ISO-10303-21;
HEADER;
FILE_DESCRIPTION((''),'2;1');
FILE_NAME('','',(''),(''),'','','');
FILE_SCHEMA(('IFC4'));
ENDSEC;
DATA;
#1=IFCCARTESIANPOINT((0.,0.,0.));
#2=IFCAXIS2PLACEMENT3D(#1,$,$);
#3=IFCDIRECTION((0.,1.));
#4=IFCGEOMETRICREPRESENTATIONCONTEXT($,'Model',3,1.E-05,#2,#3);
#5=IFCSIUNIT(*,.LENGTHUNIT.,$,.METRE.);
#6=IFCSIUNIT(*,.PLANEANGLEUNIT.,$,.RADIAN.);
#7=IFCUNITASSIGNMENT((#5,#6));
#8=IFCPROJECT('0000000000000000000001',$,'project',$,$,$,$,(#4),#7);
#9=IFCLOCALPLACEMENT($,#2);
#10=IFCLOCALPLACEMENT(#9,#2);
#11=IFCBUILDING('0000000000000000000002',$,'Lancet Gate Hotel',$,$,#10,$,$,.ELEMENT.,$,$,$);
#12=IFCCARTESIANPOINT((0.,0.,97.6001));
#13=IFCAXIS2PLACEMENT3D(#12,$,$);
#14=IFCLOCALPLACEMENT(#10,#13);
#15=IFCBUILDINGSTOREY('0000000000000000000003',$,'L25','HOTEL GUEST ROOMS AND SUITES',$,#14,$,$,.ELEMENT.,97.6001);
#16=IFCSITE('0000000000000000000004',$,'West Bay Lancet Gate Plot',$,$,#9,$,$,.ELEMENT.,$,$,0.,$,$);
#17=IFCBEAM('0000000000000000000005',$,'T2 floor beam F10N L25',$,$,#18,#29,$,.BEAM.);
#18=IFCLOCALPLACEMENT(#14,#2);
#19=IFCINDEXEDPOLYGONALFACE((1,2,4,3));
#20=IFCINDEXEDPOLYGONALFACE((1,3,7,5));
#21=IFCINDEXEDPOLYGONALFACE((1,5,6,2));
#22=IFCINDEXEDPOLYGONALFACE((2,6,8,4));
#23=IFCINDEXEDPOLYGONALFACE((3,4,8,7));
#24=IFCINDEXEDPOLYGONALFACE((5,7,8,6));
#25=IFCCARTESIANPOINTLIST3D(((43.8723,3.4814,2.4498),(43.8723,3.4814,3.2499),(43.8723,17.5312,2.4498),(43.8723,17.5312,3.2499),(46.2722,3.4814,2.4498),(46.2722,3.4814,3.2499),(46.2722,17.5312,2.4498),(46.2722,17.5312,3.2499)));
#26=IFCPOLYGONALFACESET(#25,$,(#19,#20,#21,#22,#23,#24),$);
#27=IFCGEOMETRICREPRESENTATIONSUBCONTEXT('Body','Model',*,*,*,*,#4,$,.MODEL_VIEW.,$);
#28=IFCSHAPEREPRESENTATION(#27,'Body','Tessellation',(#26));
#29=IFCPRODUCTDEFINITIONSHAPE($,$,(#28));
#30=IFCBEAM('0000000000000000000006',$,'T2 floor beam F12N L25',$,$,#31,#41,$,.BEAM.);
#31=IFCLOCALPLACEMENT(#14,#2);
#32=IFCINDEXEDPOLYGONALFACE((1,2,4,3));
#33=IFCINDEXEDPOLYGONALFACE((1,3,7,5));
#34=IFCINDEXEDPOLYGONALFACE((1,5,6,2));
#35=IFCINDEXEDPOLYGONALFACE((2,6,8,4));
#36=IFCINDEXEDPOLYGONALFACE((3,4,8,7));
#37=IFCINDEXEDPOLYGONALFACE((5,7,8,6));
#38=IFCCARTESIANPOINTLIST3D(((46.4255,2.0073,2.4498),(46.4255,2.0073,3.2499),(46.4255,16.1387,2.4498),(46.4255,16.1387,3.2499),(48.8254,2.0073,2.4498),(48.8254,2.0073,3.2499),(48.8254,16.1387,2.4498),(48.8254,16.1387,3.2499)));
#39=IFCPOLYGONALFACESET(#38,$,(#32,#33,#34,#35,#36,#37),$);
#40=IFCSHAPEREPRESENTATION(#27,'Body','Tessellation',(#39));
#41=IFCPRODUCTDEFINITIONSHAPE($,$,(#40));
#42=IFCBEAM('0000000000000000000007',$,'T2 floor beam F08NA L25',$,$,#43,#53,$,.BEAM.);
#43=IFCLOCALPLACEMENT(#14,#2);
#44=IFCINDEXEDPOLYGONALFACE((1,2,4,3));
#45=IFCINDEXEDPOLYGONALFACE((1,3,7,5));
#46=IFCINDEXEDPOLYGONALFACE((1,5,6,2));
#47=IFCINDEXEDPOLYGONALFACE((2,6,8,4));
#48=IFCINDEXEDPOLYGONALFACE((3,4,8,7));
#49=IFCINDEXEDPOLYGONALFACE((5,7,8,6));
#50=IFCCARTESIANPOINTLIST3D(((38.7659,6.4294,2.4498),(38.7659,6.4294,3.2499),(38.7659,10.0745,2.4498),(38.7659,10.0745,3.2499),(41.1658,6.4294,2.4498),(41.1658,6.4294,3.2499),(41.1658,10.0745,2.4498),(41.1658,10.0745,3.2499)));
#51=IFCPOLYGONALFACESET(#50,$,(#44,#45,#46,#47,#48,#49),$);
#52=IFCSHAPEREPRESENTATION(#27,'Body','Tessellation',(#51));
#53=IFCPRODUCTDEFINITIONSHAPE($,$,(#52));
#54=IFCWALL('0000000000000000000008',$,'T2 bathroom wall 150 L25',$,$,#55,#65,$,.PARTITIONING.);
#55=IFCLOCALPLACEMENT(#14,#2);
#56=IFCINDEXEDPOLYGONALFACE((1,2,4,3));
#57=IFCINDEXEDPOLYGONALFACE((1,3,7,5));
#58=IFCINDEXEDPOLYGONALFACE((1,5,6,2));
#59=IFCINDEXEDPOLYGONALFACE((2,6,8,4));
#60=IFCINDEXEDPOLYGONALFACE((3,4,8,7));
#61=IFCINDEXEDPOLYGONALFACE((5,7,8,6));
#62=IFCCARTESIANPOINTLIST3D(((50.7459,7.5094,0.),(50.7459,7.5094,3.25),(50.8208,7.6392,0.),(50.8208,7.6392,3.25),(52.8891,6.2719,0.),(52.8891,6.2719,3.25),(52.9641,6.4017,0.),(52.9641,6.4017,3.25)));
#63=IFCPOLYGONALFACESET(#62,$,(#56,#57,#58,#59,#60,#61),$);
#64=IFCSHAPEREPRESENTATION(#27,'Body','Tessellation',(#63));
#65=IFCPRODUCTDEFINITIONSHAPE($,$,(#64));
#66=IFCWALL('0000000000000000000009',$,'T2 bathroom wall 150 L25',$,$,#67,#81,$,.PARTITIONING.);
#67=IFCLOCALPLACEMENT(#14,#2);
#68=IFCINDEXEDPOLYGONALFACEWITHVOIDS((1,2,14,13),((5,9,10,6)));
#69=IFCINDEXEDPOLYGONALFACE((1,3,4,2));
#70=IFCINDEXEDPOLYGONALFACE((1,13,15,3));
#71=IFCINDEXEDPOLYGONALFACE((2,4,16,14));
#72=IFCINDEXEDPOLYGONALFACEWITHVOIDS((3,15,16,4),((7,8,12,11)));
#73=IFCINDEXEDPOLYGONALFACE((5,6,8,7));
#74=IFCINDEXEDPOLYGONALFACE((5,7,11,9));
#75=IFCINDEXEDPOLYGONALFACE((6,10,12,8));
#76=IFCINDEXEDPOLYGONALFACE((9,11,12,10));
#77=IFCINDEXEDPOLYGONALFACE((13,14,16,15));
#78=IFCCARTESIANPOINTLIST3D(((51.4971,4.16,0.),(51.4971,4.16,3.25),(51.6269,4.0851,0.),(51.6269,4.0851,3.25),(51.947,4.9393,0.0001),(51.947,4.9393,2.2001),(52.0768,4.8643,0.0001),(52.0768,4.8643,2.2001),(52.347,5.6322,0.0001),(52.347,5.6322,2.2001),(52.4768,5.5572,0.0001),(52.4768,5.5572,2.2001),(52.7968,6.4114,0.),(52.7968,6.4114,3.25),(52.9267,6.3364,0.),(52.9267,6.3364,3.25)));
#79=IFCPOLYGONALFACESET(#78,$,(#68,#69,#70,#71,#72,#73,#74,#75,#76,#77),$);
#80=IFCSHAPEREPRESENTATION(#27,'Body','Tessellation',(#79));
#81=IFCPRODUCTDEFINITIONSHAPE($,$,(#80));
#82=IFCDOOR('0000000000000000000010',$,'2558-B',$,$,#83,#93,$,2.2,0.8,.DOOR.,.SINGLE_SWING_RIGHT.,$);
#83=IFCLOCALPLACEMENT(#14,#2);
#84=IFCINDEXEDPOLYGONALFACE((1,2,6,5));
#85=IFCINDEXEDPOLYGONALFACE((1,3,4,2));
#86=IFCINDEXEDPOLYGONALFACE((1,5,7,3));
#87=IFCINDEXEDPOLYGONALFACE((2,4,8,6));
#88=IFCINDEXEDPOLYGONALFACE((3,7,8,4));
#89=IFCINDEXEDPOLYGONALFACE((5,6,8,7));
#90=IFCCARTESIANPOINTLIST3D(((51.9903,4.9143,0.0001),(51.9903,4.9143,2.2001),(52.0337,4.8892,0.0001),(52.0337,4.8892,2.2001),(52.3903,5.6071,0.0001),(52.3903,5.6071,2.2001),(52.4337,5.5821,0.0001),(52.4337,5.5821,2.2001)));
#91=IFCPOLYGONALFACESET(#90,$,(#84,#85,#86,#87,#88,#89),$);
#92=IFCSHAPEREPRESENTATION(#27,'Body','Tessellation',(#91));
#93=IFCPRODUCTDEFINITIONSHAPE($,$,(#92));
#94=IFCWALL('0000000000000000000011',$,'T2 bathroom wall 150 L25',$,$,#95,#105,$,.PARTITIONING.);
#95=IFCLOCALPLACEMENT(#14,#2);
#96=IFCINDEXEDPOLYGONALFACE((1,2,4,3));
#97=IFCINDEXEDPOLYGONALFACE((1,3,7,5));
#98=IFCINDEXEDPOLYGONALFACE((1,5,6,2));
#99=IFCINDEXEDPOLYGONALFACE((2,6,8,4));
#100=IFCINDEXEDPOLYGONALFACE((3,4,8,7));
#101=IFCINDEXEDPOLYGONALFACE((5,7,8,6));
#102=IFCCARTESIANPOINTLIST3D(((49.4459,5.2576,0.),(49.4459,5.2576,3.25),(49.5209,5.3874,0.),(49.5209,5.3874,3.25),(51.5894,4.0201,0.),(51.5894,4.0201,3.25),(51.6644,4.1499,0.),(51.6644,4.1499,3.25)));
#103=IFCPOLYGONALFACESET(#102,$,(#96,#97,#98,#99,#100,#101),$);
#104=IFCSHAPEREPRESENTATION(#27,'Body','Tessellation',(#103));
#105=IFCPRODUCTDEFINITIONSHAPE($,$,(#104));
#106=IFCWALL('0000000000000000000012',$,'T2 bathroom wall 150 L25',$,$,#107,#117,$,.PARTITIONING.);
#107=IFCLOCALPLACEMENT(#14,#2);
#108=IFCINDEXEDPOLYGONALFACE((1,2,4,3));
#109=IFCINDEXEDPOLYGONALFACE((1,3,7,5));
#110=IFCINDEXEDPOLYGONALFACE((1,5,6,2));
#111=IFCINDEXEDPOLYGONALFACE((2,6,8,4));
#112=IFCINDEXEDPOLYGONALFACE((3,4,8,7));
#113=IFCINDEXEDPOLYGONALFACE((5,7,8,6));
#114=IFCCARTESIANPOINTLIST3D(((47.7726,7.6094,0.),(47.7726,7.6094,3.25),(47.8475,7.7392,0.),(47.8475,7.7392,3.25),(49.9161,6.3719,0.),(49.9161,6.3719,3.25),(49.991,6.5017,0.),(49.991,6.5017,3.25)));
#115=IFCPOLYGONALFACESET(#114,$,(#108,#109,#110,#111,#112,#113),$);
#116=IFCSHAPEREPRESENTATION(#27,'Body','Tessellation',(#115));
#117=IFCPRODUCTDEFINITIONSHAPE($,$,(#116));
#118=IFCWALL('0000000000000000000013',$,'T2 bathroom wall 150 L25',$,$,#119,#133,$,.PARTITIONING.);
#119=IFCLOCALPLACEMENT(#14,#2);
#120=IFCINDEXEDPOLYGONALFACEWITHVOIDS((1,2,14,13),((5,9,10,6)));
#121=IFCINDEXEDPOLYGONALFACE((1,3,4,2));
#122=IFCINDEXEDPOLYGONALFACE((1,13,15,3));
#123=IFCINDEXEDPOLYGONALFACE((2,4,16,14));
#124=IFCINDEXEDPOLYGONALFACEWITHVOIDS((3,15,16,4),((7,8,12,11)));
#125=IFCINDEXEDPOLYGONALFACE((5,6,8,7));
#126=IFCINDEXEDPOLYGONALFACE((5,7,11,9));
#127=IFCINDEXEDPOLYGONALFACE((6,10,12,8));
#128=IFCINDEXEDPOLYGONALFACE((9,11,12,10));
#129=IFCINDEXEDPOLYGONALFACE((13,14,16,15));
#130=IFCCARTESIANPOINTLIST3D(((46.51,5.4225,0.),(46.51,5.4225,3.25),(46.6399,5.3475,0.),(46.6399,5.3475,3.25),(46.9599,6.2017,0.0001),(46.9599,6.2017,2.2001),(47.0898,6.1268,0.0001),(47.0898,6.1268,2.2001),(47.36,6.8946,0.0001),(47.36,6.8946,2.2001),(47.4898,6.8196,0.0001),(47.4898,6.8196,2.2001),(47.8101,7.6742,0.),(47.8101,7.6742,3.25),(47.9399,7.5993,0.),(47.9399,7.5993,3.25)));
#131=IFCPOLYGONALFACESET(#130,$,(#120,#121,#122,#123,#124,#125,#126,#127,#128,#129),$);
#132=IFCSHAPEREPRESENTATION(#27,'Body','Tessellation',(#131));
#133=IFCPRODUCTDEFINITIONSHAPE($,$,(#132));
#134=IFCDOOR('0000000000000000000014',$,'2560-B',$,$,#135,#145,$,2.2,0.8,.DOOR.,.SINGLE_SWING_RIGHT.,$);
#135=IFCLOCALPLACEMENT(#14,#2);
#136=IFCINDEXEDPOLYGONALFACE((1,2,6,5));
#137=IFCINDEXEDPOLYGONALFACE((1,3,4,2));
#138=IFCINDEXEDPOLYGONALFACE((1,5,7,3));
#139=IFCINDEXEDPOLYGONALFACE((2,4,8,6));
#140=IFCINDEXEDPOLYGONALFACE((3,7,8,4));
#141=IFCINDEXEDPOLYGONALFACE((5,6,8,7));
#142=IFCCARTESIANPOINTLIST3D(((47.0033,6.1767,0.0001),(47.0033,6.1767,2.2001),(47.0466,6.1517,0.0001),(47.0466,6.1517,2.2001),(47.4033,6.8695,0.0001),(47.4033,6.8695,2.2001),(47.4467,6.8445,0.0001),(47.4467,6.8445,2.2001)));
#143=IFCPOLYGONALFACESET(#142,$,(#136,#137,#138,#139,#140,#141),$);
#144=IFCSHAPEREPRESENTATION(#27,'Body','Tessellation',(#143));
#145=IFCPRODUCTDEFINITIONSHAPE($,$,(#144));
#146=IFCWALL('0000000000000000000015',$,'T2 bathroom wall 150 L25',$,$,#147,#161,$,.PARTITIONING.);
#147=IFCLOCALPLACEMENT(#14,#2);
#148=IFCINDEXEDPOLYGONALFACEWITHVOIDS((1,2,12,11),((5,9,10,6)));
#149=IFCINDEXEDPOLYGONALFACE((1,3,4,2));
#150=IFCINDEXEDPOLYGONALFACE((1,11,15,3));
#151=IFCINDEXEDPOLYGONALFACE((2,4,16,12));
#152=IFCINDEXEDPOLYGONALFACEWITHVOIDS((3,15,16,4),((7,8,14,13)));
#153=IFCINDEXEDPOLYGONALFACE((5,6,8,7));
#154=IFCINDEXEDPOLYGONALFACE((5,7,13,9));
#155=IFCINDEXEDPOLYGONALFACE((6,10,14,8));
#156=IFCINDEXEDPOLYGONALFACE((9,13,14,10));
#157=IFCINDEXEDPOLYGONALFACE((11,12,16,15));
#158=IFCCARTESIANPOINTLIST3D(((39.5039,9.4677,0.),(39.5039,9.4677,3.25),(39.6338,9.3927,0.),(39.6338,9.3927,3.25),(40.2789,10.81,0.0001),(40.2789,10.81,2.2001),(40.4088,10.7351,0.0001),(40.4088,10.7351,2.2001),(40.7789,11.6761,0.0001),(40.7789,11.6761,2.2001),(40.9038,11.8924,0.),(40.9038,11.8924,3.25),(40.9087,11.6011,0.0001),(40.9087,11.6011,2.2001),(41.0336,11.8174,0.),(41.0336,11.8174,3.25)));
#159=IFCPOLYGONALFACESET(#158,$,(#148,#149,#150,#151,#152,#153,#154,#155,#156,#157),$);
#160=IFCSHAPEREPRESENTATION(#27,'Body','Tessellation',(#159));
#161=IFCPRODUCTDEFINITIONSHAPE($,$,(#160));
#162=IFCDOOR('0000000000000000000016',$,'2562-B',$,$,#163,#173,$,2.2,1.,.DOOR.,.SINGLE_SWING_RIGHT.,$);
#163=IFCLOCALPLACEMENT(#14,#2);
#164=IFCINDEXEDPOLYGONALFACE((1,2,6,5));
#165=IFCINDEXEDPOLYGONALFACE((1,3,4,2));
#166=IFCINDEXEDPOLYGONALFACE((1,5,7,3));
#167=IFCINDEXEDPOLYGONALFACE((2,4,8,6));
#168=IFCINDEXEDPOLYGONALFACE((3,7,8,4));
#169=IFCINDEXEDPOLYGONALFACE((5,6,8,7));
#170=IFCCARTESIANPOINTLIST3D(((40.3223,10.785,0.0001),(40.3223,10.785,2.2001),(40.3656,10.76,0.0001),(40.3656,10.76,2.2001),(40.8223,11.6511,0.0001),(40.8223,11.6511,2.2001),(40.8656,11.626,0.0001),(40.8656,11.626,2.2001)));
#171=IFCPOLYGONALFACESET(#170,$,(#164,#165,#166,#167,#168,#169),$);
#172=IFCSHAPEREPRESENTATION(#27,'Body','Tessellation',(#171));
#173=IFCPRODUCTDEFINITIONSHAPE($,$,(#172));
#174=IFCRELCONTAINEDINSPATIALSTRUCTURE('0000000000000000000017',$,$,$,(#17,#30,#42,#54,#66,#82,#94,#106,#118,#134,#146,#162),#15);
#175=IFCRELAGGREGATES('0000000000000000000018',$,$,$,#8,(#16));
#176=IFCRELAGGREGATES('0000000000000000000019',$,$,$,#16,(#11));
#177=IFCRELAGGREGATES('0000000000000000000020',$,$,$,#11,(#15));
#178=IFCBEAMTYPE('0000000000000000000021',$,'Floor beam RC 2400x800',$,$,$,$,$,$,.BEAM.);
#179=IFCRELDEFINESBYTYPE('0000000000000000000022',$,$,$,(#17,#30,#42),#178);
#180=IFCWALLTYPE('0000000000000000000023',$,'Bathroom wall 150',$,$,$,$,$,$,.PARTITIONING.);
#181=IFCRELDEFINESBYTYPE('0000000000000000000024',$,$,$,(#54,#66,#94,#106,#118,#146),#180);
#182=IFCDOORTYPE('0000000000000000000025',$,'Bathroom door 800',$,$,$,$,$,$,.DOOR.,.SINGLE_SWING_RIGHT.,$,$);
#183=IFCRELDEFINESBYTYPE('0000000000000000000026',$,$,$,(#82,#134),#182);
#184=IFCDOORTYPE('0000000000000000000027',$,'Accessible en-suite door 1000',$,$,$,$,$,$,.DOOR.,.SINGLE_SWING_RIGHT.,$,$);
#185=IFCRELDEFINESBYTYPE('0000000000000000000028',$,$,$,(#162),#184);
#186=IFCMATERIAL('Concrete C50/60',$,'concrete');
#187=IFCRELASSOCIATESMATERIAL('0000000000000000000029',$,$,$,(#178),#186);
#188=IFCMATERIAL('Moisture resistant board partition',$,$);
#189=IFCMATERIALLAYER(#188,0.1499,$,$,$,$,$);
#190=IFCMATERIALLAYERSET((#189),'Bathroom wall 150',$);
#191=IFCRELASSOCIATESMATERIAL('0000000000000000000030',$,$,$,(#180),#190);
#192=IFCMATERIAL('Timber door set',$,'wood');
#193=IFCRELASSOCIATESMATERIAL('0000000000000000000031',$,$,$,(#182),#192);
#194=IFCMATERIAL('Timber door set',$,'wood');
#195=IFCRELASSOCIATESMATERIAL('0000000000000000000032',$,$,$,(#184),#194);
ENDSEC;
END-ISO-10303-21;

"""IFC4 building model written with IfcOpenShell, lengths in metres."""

from ifc_helpers import new_model, si_unit, direction, frame, frame_2d, origin, origin_2d, place, context, subcontext, project, spatial, rectangle, extrude, material, layer, layer_set, material_profile, profile_set, type_object, element, fill, save


model = new_model("IFC4")

# Units and contexts
model_context = context("Model", 3, precision=1e-05, world=origin(), true_north=direction((0.0, 1.0)))
body_context = subcontext(model_context, "Body", "Model", "MODEL_VIEW")
ifc_project = project(units=[si_unit("LENGTHUNIT", "METRE"), si_unit("PLANEANGLEUNIT", "RADIAN")], contexts=[model_context])

# Site, building, storey
site_placement = place(None, origin())
site = spatial("IfcSite", under=ifc_project, at=site_placement, Name="West Bay Lancet Gate Plot", CompositionType="ELEMENT", RefElevation=0.0)
building_placement = place(site_placement, origin())
building = spatial("IfcBuilding", under=site, at=building_placement, Name="Lancet Gate Hotel", CompositionType="ELEMENT")
storey_placement = place(building_placement, frame((0.0, 0.0, 97.6001)))
storey = spatial("IfcBuildingStorey", under=building, at=storey_placement, Name="L25", Description="HOTEL GUEST ROOMS AND SUITES", CompositionType="ELEMENT", Elevation=97.6001)

# Beams
ifc_material_1 = material(Name="Concrete C50/60", Category="concrete")
ifc_material_profile = material_profile(ifc_material_1, rectangle(XDim=2.3999, YDim=0.8, at=origin_2d()), Name="RC 2400x800")
ifc_profile_set = profile_set([ifc_material_profile], Name="Concrete C50/60")
beam_type = type_object("IfcBeamType", Name="Floor beam RC 2400x800", PredefinedType="BEAM", material=ifc_profile_set)
beam_1_placement = place(storey_placement, frame((45.0723, 3.4814, 2.8499), z_axis=(0.0, 1.0, 0.0), x_axis=(-1.0, 0.0, 0.0)))
element("IfcBeam", 1, at=beam_1_placement, inside=storey, type_object=beam_type, Name="T2 floor beam F10N L25", PredefinedType="BEAM", context=body_context, shape_type="SweptSolid", body=[
    extrude(rectangle(XDim=2.3999, YDim=0.8, at=origin_2d()), origin(), (0.0, 0.0, 1.0), 14.0498),
])
beam_2_placement = place(storey_placement, frame((47.6255, 2.0073, 2.8499), z_axis=(0.0, 1.0, 0.0), x_axis=(-1.0, 0.0, 0.0)))
element("IfcBeam", 2, at=beam_2_placement, inside=storey, type_object=beam_type, Name="T2 floor beam F12N L25", PredefinedType="BEAM", context=body_context, shape_type="SweptSolid", body=[
    extrude(rectangle(XDim=2.3999, YDim=0.8, at=origin_2d()), origin(), (0.0, 0.0, 1.0), 14.1313),
])
beam_3_placement = place(storey_placement, frame((39.9658, 6.4294, 2.8499), z_axis=(0.0, 1.0, 0.0), x_axis=(-1.0, 0.0, 0.0)))
element("IfcBeam", 3, at=beam_3_placement, inside=storey, type_object=beam_type, Name="T2 floor beam F08NA L25", PredefinedType="BEAM", context=body_context, shape_type="SweptSolid", body=[
    extrude(rectangle(XDim=2.3999, YDim=0.8, at=origin_2d()), origin(), (0.0, 0.0, 1.0), 3.645),
])

# Wall
ifc_material_2 = material(Name="Moisture resistant board partition")
ifc_layer_1 = layer(ifc_material_2, 0.1499)
ifc_layer_set_1 = layer_set([ifc_layer_1], Name="Bathroom wall 150")
wall_type_1 = type_object("IfcWallType", Name="Bathroom wall 150", PredefinedType="PARTITIONING", material=ifc_layer_set_1)
wall_1_placement = place(storey_placement, frame((50.7834, 7.5742, 0.0), z_axis=(0.0, 0.0, 1.0), x_axis=(0.866007, -0.500033, 0.0)))
element("IfcWall", 4, at=wall_1_placement, inside=storey, type_object=wall_type_1, Name="T2 bathroom wall 150 L25", PredefinedType="PARTITIONING", context=body_context, shape_type="SweptSolid", body=[
    extrude(rectangle(XDim=2.4749, YDim=0.1499, at=frame_2d((1.2373, 0.0))), origin(), (0.0, 0.0, 1.0), 3.25),
])

# Wall, opening, door
wall_2_placement = place(storey_placement, frame((51.562, 4.1226, 0.0), z_axis=(0.0, 0.0, 1.0), x_axis=(0.499977, 0.866039, 0.0)))
wall_2 = element("IfcWall", 5, at=wall_2_placement, inside=storey, type_object=wall_type_1, Name="T2 bathroom wall 150 L25", PredefinedType="PARTITIONING", context=body_context, shape_type="SweptSolid", body=[
    extrude(rectangle(XDim=2.5996, YDim=0.1499, at=frame_2d((1.2998, 0.0))), origin(), (0.0, 0.0, 1.0), 3.25),
])
opening_1_placement = place(wall_2_placement, frame((0.8999, 0.0, 0.0)))
opening_1 = element("IfcOpeningElement", 6, at=opening_1_placement, cuts=wall_2, PredefinedType="OPENING", context=body_context, shape_type="SweptSolid", body=[
    extrude(rectangle(XDim=0.8, YDim=2.2, at=frame_2d((0.3999, 1.1001))), frame((0.0, 0.085, 0.0), z_axis=(0.0, -1.0, 0.0), x_axis=(1.0, 0.0, 0.0)), (0.0, 0.0, 1.0), 0.1699),
])
ifc_material_3 = material(Name="Timber door set", Category="wood")
door_type_1 = type_object("IfcDoorType", Name="Bathroom door 800", OperationType="SINGLE_SWING_RIGHT", PredefinedType="DOOR", material=ifc_material_3)
door_1_placement = place(opening_1_placement, origin())
door_1 = element("IfcDoor", 7, at=door_1_placement, inside=storey, type_object=door_type_1, Name="2558-B", OperationType="SINGLE_SWING_RIGHT", OverallHeight=2.2, OverallWidth=0.8, PredefinedType="DOOR", context=body_context, shape_type="SweptSolid", body=[
    extrude(rectangle(XDim=0.8, YDim=2.2, at=frame_2d((0.3999, 1.1001))), frame((0.0, 0.0249, 0.0), z_axis=(0.0, -1.0, 0.0), x_axis=(1.0, 0.0, 0.0)), (0.0, 0.0, 1.0), 0.05),
])
fill(opening_1, door_1)

# Walls
for number, where, z_axis, x_axis, name in (
    (8, (49.4834, 5.3225, 0.0), (0.0, 0.0, 1.0), (0.866031, -0.49999, 0.0), "T2 bathroom wall 150 L25"),
    (9, (47.8101, 7.6743, 0.0), (0.0, 0.0, 1.0), (0.866031, -0.49999, 0.0), "T2 bathroom wall 150 L25"),
):
    element("IfcWall", number, at=place(storey_placement, frame(where, z_axis=z_axis, x_axis=x_axis)), inside=storey, type_object=wall_type_1, Name=name, PredefinedType="PARTITIONING", context=body_context, shape_type="SweptSolid", body=[
        extrude(rectangle(XDim=2.4751, YDim=0.1499, at=frame_2d((1.2375, 0.0))), origin(), (0.0, 0.0, 1.0), 3.25),
    ])

# Walls, openings, doors
wall_3_placement = place(storey_placement, frame((46.575, 5.385, 0.0), z_axis=(0.0, 0.0, 1.0), x_axis=(0.500007, 0.866021, 0.0)))
wall_3 = element("IfcWall", 10, at=wall_3_placement, inside=storey, type_object=wall_type_1, Name="T2 bathroom wall 150 L25", PredefinedType="PARTITIONING", context=body_context, shape_type="SweptSolid", body=[
    extrude(rectangle(XDim=2.6001, YDim=0.1499, at=frame_2d((1.3, 0.0))), origin(), (0.0, 0.0, 1.0), 3.25),
])
opening_2_placement = place(wall_3_placement, frame((0.8999, 0.0, 0.0)))
opening_2 = element("IfcOpeningElement", 11, at=opening_2_placement, cuts=wall_3, PredefinedType="OPENING", context=body_context, shape_type="SweptSolid", body=[
    extrude(rectangle(XDim=0.8, YDim=2.2, at=frame_2d((0.3999, 1.1001))), frame((0.0, 0.085, 0.0), z_axis=(0.0, -1.0, 0.0), x_axis=(1.0, 0.0, 0.0)), (0.0, 0.0, 1.0), 0.1699),
])
door_2_placement = place(opening_2_placement, origin())
door_2 = element("IfcDoor", 12, at=door_2_placement, inside=storey, type_object=door_type_1, Name="2560-B", OperationType="SINGLE_SWING_RIGHT", OverallHeight=2.2, OverallWidth=0.8, PredefinedType="DOOR", context=body_context, shape_type="SweptSolid", body=[
    extrude(rectangle(XDim=0.8, YDim=2.2, at=frame_2d((0.3999, 1.1001))), frame((0.0, 0.0249, 0.0), z_axis=(0.0, -1.0, 0.0), x_axis=(1.0, 0.0, 0.0)), (0.0, 0.0, 1.0), 0.05),
])
fill(opening_2, door_2)
wall_4_placement = place(storey_placement, frame((39.5688, 9.4302, 0.0), z_axis=(0.0, 0.0, 1.0), x_axis=(0.499984, 0.866035, 0.0)))
wall_4 = element("IfcWall", 13, at=wall_4_placement, inside=storey, type_object=wall_type_1, Name="T2 bathroom wall 150 L25", PredefinedType="PARTITIONING", context=body_context, shape_type="SweptSolid", body=[
    extrude(rectangle(XDim=2.7998, YDim=0.1499, at=frame_2d((1.3999, 0.0))), origin(), (0.0, 0.0, 1.0), 3.25),
])
opening_3_placement = place(wall_4_placement, frame((1.55, 0.0, 0.0)))
opening_3 = element("IfcOpeningElement", 14, at=opening_3_placement, cuts=wall_4, PredefinedType="OPENING", context=body_context, shape_type="SweptSolid", body=[
    extrude(rectangle(XDim=1.0, YDim=2.2, at=frame_2d((0.5, 1.1001))), frame((0.0, 0.085, 0.0), z_axis=(0.0, -1.0, 0.0), x_axis=(1.0, 0.0, 0.0)), (0.0, 0.0, 1.0), 0.1699),
])
ifc_material_4 = material(Name="Timber door set", Category="wood")
door_type_2 = type_object("IfcDoorType", Name="Accessible en-suite door 1000", OperationType="SINGLE_SWING_RIGHT", PredefinedType="DOOR", material=ifc_material_4)
door_3_placement = place(opening_3_placement, origin())
door_3 = element("IfcDoor", 15, at=door_3_placement, inside=storey, type_object=door_type_2, Name="2562-B", OperationType="SINGLE_SWING_RIGHT", OverallHeight=2.2, OverallWidth=1.0, PredefinedType="DOOR", context=body_context, shape_type="SweptSolid", body=[
    extrude(rectangle(XDim=1.0, YDim=2.2, at=frame_2d((0.5, 1.1001))), frame((0.0, 0.0249, 0.0), z_axis=(0.0, -1.0, 0.0), x_axis=(1.0, 0.0, 0.0)), (0.0, 0.0, 1.0), 0.05),
])
fill(opening_3, door_3)

save(model, "model.ifc")
